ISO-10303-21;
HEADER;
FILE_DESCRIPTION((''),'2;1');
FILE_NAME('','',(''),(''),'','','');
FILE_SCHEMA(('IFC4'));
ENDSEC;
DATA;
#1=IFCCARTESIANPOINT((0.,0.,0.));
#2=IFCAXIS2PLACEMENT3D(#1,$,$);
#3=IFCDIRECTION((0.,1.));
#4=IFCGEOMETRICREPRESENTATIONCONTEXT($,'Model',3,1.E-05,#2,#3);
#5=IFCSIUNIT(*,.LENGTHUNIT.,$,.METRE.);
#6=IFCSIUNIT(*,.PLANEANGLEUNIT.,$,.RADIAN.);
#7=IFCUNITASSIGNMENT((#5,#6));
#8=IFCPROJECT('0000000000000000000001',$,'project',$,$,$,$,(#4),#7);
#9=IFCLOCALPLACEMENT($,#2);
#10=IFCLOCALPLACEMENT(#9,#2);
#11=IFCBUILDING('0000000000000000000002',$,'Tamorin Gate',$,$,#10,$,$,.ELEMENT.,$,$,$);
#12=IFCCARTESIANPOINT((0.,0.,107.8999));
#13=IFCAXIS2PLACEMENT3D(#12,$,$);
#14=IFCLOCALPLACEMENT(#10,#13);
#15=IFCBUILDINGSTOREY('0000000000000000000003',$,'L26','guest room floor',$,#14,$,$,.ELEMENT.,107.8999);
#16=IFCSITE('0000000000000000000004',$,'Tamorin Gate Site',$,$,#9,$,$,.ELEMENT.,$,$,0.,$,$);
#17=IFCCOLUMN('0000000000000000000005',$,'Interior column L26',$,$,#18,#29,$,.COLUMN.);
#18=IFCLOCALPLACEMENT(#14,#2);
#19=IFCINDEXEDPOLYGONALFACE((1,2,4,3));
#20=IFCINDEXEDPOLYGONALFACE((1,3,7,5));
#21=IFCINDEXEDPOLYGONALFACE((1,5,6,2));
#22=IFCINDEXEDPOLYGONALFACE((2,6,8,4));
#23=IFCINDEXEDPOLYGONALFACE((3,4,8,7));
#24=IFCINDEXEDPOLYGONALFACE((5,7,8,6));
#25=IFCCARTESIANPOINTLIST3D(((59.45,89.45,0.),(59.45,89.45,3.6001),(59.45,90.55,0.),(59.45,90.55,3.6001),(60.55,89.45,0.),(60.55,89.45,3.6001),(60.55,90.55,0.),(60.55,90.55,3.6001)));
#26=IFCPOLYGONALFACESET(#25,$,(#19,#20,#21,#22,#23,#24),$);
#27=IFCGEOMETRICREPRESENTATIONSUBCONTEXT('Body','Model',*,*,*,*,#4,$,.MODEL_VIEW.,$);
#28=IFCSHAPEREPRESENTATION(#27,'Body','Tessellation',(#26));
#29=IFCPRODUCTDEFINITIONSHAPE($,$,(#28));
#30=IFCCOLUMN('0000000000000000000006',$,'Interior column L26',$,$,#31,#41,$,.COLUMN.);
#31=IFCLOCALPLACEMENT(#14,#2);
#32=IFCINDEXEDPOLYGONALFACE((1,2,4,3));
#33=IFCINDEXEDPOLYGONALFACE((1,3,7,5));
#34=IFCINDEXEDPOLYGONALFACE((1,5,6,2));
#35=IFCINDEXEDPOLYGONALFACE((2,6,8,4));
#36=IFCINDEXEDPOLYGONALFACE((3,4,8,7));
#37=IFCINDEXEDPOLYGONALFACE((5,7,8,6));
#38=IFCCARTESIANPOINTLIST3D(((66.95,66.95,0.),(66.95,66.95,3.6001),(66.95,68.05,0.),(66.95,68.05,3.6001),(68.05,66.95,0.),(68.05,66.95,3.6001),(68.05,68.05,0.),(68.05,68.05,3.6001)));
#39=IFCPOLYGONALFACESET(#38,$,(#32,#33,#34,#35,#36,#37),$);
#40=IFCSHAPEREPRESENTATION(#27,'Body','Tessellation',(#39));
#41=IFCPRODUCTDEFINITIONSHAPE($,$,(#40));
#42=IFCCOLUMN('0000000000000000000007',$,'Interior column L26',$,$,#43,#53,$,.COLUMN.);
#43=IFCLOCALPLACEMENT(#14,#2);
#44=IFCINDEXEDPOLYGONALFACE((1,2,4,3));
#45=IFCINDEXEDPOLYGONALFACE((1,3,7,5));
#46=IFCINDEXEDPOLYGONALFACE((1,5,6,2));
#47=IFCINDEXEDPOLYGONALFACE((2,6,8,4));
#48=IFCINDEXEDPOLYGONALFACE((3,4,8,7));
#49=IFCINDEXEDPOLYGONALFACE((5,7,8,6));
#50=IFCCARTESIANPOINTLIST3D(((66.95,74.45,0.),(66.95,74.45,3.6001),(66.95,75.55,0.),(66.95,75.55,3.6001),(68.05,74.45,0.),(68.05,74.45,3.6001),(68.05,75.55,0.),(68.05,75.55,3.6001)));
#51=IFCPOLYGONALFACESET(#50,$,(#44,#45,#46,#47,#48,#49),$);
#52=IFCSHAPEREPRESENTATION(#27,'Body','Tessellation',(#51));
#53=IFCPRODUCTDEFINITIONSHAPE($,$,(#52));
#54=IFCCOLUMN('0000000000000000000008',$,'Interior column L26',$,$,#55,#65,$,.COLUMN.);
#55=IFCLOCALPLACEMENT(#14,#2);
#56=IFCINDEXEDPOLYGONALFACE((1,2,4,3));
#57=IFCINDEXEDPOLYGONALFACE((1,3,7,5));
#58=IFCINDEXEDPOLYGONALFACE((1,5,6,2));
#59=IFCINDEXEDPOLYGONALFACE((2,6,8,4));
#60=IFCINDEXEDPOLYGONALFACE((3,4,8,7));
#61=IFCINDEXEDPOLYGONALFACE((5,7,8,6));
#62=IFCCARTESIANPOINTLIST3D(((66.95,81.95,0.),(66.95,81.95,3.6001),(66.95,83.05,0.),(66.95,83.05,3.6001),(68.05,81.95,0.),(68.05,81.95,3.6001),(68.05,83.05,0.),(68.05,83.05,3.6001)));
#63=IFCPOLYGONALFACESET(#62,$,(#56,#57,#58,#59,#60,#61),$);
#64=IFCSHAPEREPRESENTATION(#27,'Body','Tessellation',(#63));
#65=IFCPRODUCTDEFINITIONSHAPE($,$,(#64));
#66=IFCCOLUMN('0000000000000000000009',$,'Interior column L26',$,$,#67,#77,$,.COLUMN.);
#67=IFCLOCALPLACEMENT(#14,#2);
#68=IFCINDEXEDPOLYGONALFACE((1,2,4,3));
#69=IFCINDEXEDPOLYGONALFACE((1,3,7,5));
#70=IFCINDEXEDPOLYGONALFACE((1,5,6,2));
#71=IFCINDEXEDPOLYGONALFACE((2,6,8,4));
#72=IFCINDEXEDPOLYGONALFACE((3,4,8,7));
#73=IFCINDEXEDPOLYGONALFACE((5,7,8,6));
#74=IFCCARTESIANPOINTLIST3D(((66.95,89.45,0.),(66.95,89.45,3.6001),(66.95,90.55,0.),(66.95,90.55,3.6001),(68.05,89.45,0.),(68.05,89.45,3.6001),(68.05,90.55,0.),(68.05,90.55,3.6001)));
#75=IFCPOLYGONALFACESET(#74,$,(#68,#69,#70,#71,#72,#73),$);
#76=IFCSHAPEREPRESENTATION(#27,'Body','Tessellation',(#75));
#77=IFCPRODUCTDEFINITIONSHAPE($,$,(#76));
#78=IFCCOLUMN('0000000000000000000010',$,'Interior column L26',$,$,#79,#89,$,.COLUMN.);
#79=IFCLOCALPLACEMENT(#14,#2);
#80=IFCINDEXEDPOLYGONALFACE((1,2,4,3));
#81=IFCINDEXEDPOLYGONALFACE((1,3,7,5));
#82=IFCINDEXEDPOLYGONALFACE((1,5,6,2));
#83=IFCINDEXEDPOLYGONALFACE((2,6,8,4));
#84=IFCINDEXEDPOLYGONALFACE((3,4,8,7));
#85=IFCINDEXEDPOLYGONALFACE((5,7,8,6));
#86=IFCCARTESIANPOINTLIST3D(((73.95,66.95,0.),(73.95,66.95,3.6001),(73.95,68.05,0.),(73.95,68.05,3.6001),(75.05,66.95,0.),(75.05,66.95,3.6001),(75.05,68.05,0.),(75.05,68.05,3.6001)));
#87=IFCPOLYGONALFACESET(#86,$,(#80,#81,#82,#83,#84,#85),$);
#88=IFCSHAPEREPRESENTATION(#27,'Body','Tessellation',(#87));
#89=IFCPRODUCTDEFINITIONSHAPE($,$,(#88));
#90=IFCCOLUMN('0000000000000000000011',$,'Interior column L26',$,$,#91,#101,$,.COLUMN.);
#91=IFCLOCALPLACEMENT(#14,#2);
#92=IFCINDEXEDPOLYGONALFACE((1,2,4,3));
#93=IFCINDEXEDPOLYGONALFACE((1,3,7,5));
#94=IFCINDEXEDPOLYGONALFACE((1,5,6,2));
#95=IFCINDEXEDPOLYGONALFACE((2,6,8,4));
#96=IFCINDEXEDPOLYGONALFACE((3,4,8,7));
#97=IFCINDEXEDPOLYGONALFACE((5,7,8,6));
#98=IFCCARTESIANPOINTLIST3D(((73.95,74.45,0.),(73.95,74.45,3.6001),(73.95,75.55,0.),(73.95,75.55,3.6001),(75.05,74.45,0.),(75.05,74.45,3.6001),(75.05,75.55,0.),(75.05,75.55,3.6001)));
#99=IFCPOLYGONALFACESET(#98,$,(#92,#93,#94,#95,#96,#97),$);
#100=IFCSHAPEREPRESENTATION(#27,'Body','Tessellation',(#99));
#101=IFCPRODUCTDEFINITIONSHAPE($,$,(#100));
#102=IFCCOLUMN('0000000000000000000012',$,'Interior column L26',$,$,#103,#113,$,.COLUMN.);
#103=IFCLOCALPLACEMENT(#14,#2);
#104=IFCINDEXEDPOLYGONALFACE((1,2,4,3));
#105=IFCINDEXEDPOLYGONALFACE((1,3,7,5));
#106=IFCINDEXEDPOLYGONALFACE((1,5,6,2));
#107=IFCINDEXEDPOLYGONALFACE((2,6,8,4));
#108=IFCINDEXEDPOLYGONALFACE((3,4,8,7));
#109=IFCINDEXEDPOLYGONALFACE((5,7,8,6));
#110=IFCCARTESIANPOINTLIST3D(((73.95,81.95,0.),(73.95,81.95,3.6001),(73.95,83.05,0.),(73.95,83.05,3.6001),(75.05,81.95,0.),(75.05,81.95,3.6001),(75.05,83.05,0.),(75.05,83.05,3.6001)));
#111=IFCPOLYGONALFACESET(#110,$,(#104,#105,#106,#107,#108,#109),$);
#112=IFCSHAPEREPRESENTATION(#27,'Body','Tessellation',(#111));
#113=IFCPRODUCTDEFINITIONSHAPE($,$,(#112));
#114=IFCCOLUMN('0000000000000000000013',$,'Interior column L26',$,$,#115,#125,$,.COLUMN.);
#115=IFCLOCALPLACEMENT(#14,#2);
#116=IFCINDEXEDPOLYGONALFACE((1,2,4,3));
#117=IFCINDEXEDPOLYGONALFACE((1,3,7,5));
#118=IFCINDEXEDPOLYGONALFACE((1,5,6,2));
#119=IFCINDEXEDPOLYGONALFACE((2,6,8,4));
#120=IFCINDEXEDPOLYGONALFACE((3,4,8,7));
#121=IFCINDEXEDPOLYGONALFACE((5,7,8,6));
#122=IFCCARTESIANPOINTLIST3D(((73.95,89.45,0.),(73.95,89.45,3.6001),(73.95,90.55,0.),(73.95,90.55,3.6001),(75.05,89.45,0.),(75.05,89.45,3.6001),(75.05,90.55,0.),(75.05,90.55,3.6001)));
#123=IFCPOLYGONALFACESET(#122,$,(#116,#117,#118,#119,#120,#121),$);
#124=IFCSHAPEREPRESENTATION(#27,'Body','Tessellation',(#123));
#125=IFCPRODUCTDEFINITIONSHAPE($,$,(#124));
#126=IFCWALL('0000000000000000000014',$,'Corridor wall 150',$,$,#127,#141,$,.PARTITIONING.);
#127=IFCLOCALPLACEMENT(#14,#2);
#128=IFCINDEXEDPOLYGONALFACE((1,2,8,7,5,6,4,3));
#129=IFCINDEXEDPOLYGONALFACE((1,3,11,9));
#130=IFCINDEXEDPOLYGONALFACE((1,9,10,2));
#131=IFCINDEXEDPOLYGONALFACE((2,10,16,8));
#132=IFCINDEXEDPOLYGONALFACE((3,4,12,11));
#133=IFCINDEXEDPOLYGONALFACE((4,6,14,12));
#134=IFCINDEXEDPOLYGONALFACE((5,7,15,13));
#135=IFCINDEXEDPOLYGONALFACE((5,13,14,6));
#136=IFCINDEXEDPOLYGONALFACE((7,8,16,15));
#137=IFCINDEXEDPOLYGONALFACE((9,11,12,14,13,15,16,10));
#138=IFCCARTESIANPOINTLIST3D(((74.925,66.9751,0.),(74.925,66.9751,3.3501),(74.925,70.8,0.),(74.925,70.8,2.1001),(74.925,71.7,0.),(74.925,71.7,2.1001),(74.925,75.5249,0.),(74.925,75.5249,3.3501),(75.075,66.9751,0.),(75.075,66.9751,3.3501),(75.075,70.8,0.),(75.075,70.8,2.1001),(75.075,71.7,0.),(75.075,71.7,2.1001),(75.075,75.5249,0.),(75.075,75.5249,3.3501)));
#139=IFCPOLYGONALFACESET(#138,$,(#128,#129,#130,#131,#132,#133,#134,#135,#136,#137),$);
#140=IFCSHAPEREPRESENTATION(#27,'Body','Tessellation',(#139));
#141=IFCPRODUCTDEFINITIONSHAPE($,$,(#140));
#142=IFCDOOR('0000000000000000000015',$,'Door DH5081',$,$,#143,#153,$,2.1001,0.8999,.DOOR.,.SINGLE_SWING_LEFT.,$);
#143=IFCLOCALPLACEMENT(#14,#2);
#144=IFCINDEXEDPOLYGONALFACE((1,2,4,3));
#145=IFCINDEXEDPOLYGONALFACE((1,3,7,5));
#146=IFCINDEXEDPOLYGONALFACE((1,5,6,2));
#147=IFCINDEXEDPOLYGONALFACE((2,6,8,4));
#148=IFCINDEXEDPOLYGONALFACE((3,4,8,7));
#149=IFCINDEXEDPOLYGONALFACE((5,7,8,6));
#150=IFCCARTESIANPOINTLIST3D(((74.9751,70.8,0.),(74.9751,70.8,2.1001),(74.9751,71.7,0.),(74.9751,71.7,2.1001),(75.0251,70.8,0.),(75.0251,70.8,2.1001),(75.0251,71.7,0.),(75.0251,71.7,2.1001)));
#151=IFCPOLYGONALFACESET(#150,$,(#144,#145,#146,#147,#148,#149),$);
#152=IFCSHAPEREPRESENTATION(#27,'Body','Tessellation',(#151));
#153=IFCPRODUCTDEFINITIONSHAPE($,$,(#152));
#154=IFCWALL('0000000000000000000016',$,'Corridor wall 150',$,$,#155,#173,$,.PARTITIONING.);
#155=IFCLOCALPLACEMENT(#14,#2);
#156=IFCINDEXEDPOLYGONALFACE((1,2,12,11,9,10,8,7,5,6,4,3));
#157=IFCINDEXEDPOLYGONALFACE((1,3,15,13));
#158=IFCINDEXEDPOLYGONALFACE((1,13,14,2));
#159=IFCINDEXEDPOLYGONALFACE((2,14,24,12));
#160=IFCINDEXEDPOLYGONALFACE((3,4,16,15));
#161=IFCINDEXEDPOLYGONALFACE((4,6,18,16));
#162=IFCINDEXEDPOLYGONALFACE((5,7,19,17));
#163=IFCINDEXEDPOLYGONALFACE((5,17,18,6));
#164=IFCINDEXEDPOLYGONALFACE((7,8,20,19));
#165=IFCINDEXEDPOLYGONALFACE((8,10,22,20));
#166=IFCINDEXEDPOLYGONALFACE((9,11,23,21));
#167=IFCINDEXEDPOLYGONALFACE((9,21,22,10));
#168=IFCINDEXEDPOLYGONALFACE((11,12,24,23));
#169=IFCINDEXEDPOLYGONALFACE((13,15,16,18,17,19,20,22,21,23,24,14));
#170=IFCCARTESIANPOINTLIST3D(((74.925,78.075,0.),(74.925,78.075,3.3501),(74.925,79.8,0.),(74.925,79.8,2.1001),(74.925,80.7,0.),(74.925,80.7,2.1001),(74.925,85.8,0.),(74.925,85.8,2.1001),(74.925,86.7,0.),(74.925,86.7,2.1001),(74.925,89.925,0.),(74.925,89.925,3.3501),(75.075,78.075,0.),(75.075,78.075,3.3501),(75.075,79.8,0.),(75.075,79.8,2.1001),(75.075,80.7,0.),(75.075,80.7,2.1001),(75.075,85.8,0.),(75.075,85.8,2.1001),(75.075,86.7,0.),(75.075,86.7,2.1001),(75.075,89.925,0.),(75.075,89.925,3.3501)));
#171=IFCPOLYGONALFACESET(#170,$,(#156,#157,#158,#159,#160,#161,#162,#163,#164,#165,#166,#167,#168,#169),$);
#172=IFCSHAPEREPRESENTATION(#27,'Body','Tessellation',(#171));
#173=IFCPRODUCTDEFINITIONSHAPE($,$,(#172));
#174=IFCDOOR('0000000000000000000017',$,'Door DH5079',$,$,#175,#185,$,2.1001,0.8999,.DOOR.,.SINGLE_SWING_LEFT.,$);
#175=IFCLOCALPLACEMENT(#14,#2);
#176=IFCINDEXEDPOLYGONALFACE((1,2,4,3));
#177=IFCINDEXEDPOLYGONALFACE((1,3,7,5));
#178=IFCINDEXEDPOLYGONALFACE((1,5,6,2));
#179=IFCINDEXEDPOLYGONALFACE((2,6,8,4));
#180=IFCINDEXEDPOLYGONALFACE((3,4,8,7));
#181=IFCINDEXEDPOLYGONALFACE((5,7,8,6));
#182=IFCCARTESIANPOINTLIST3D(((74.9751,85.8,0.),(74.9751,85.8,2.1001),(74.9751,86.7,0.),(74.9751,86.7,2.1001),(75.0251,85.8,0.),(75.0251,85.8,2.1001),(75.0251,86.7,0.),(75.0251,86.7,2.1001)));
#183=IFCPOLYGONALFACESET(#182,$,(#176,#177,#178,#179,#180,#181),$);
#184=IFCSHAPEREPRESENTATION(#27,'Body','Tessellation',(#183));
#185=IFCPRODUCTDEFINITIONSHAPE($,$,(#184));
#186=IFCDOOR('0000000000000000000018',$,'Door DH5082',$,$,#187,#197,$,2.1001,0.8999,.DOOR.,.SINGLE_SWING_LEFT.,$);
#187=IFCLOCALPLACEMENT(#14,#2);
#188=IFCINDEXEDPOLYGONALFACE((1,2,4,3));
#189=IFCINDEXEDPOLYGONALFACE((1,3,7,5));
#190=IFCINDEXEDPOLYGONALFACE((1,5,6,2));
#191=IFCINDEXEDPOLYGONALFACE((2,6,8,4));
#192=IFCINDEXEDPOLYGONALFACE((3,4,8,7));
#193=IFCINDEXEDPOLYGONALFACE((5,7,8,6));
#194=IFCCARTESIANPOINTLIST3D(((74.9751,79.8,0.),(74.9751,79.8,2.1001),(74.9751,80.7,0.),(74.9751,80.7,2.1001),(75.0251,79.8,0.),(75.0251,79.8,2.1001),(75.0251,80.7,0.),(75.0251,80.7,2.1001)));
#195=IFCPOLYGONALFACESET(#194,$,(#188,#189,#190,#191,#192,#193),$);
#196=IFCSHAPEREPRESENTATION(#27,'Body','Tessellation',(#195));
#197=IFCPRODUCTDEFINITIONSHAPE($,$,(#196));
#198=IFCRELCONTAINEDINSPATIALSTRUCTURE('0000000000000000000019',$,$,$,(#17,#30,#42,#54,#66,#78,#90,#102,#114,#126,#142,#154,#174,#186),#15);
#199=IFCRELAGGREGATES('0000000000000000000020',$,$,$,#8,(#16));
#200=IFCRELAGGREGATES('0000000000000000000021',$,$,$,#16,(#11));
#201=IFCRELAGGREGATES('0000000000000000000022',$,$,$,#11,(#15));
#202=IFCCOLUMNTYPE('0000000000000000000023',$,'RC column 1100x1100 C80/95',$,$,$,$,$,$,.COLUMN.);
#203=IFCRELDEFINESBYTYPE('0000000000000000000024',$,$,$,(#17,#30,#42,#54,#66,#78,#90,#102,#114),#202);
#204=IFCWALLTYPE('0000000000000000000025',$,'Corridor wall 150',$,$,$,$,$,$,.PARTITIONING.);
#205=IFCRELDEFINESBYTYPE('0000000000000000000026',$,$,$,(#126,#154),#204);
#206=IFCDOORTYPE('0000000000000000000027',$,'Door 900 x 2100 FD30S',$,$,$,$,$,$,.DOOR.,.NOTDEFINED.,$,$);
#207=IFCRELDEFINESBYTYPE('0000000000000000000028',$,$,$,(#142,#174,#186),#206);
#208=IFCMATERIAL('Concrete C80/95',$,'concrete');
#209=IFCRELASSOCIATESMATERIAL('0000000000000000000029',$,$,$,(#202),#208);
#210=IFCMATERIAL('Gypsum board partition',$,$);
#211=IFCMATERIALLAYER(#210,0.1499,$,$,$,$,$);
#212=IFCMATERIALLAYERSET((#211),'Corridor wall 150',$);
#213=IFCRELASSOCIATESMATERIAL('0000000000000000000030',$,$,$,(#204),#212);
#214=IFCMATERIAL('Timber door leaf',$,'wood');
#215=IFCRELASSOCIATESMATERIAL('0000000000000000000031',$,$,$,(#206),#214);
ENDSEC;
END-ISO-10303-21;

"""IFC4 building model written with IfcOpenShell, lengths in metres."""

from ifc_helpers import new_model, si_unit, direction, frame, frame_2d, origin, origin_2d, place, context, subcontext, project, spatial, rectangle, extrude, material, layer, layer_set, material_profile, profile_set, type_object, element, fill, save


model = new_model("IFC4")

# Units and contexts
model_context = context("Model", 3, precision=1e-05, world=origin(), true_north=direction((0.0, 1.0)))
body_context = subcontext(model_context, "Body", "Model", "MODEL_VIEW")
ifc_project = project(units=[si_unit("LENGTHUNIT", "METRE"), si_unit("PLANEANGLEUNIT", "RADIAN")], contexts=[model_context])

# Site, building, storey
site_placement = place(None, origin())
site = spatial("IfcSite", under=ifc_project, at=site_placement, Name="Tamorin Gate Site", CompositionType="ELEMENT", RefElevation=0.0)
building_placement = place(site_placement, origin())
building = spatial("IfcBuilding", under=site, at=building_placement, Name="Tamorin Gate", CompositionType="ELEMENT")
storey_placement = place(building_placement, frame((0.0, 0.0, 107.8999)))
storey = spatial("IfcBuildingStorey", under=building, at=storey_placement, Name="L26", Description="guest room floor", CompositionType="ELEMENT", Elevation=107.8999)

# Columns
ifc_material_1 = material(Name="Concrete C80/95", Category="concrete")
ifc_material_profile = material_profile(ifc_material_1, rectangle(XDim=1.1001, YDim=1.1001, at=origin_2d()), Name="RC 1100x1100")
ifc_profile_set = profile_set([ifc_material_profile], Name="Concrete C80/95")
column_type = type_object("IfcColumnType", Name="RC column 1100x1100 C80/95", PredefinedType="COLUMN", material=ifc_profile_set)
for number, where, z_axis, x_axis, name in (
    (1, (60.0, 90.0, 0.0), (0.0, 0.0, 1.0), (1.0, 0.0, 0.0), "Interior column L26"),
    (2, (67.5, 67.5, 0.0), (0.0, 0.0, 1.0), (1.0, 0.0, 0.0), "Interior column L26"),
    (3, (67.5, 75.0, 0.0), (0.0, 0.0, 1.0), (1.0, 0.0, 0.0), "Interior column L26"),
    (4, (67.5, 82.5, 0.0), (0.0, 0.0, 1.0), (1.0, 0.0, 0.0), "Interior column L26"),
    (5, (67.5, 90.0, 0.0), (0.0, 0.0, 1.0), (1.0, 0.0, 0.0), "Interior column L26"),
    (6, (74.5, 67.5, 0.0), (0.0, 0.0, 1.0), (1.0, 0.0, 0.0), "Interior column L26"),
    (7, (74.5, 75.0, 0.0), (0.0, 0.0, 1.0), (1.0, 0.0, 0.0), "Interior column L26"),
    (8, (74.5, 82.5, 0.0), (0.0, 0.0, 1.0), (1.0, 0.0, 0.0), "Interior column L26"),
    (9, (74.5, 90.0, 0.0), (0.0, 0.0, 1.0), (1.0, 0.0, 0.0), "Interior column L26"),
):
    element("IfcColumn", number, at=place(storey_placement, frame(where, z_axis=z_axis, x_axis=x_axis)), inside=storey, type_object=column_type, Name=name, PredefinedType="COLUMN", context=body_context, shape_type="SweptSolid", body=[
        extrude(rectangle(XDim=1.1001, YDim=1.1001, at=origin_2d()), origin(), (0.0, 0.0, 1.0), 3.6001),
    ])

# Wall, opening, door
ifc_material_2 = material(Name="Gypsum board partition")
ifc_layer_1 = layer(ifc_material_2, 0.1499)
ifc_layer_set_1 = layer_set([ifc_layer_1], Name="Corridor wall 150")
wall_type_1 = type_object("IfcWallType", Name="Corridor wall 150", PredefinedType="PARTITIONING", material=ifc_layer_set_1)
wall_1_placement = place(storey_placement, frame((75.0, 66.9751, 0.0), z_axis=(0.0, 0.0, 1.0), x_axis=(0.0, 1.0, 0.0)))
wall_1 = element("IfcWall", 10, at=wall_1_placement, inside=storey, type_object=wall_type_1, Name="Corridor wall 150", PredefinedType="PARTITIONING", context=body_context, shape_type="SweptSolid", body=[
    extrude(rectangle(XDim=8.5498, YDim=0.1499, at=frame_2d((4.2749, 0.0))), origin(), (0.0, 0.0, 1.0), 3.3501),
])
opening_1_placement = place(wall_1_placement, frame((3.825, 0.0, 0.0)))
opening_1 = element("IfcOpeningElement", 11, at=opening_1_placement, cuts=wall_1, PredefinedType="OPENING", context=body_context, shape_type="SweptSolid", body=[
    extrude(rectangle(XDim=0.8999, YDim=2.1001, at=frame_2d((0.45, 1.05))), frame((0.0, 0.085, 0.0), z_axis=(0.0, -1.0, 0.0), x_axis=(1.0, 0.0, 0.0)), (0.0, 0.0, 1.0), 0.1699),
])
ifc_material_3 = material(Name="Timber door leaf", Category="wood")
door_type = type_object("IfcDoorType", Name="Door 900 x 2100 FD30S", OperationType="NOTDEFINED", PredefinedType="DOOR", material=ifc_material_3)
door_1_placement = place(opening_1_placement, origin())
door_1 = element("IfcDoor", 12, at=door_1_placement, inside=storey, type_object=door_type, Name="Door DH5081", OperationType="SINGLE_SWING_LEFT", OverallHeight=2.1001, OverallWidth=0.8999, PredefinedType="DOOR", context=body_context, shape_type="SweptSolid", body=[
    extrude(rectangle(XDim=0.8999, YDim=2.1001, at=frame_2d((0.45, 1.05))), frame((0.0, 0.0249, 0.0), z_axis=(0.0, -1.0, 0.0), x_axis=(1.0, 0.0, 0.0)), (0.0, 0.0, 1.0), 0.05),
])
fill(opening_1, door_1)

# Wall, openings, doors
wall_2_placement = place(storey_placement, frame((75.0, 78.075, 0.0), z_axis=(0.0, 0.0, 1.0), x_axis=(0.0, 1.0, 0.0)))
wall_2 = element("IfcWall", 13, at=wall_2_placement, inside=storey, type_object=wall_type_1, Name="Corridor wall 150", PredefinedType="PARTITIONING", context=body_context, shape_type="SweptSolid", body=[
    extrude(rectangle(XDim=11.8501, YDim=0.1499, at=frame_2d((5.925, 0.0))), origin(), (0.0, 0.0, 1.0), 3.3501),
])
opening_2_placement = place(wall_2_placement, frame((7.7251, 0.0, 0.0)))
opening_2 = element("IfcOpeningElement", 14, at=opening_2_placement, cuts=wall_2, PredefinedType="OPENING", context=body_context, shape_type="SweptSolid", body=[
    extrude(rectangle(XDim=0.8999, YDim=2.1001, at=frame_2d((0.45, 1.05))), frame((0.0, 0.085, 0.0), z_axis=(0.0, -1.0, 0.0), x_axis=(1.0, 0.0, 0.0)), (0.0, 0.0, 1.0), 0.1699),
])
opening_3_placement = place(wall_2_placement, frame((1.7251, 0.0, 0.0)))
opening_3 = element("IfcOpeningElement", 15, at=opening_3_placement, cuts=wall_2, PredefinedType="OPENING", context=body_context, shape_type="SweptSolid", body=[
    extrude(rectangle(XDim=0.8999, YDim=2.1001, at=frame_2d((0.45, 1.05))), frame((0.0, 0.085, 0.0), z_axis=(0.0, -1.0, 0.0), x_axis=(1.0, 0.0, 0.0)), (0.0, 0.0, 1.0), 0.1699),
])
door_2_placement = place(opening_2_placement, origin())
door_2 = element("IfcDoor", 16, at=door_2_placement, inside=storey, type_object=door_type, Name="Door DH5079", OperationType="SINGLE_SWING_LEFT", OverallHeight=2.1001, OverallWidth=0.8999, PredefinedType="DOOR", context=body_context, shape_type="SweptSolid", body=[
    extrude(rectangle(XDim=0.8999, YDim=2.1001, at=frame_2d((0.45, 1.05))), frame((0.0, 0.0249, 0.0), z_axis=(0.0, -1.0, 0.0), x_axis=(1.0, 0.0, 0.0)), (0.0, 0.0, 1.0), 0.05),
])
fill(opening_2, door_2)
door_3_placement = place(opening_3_placement, origin())
door_3 = element("IfcDoor", 17, at=door_3_placement, inside=storey, type_object=door_type, Name="Door DH5082", OperationType="SINGLE_SWING_LEFT", OverallHeight=2.1001, OverallWidth=0.8999, PredefinedType="DOOR", context=body_context, shape_type="SweptSolid", body=[
    extrude(rectangle(XDim=0.8999, YDim=2.1001, at=frame_2d((0.45, 1.05))), frame((0.0, 0.0249, 0.0), z_axis=(0.0, -1.0, 0.0), x_axis=(1.0, 0.0, 0.0)), (0.0, 0.0, 1.0), 0.05),
])
fill(opening_3, door_3)

save(model, "model.ifc")
